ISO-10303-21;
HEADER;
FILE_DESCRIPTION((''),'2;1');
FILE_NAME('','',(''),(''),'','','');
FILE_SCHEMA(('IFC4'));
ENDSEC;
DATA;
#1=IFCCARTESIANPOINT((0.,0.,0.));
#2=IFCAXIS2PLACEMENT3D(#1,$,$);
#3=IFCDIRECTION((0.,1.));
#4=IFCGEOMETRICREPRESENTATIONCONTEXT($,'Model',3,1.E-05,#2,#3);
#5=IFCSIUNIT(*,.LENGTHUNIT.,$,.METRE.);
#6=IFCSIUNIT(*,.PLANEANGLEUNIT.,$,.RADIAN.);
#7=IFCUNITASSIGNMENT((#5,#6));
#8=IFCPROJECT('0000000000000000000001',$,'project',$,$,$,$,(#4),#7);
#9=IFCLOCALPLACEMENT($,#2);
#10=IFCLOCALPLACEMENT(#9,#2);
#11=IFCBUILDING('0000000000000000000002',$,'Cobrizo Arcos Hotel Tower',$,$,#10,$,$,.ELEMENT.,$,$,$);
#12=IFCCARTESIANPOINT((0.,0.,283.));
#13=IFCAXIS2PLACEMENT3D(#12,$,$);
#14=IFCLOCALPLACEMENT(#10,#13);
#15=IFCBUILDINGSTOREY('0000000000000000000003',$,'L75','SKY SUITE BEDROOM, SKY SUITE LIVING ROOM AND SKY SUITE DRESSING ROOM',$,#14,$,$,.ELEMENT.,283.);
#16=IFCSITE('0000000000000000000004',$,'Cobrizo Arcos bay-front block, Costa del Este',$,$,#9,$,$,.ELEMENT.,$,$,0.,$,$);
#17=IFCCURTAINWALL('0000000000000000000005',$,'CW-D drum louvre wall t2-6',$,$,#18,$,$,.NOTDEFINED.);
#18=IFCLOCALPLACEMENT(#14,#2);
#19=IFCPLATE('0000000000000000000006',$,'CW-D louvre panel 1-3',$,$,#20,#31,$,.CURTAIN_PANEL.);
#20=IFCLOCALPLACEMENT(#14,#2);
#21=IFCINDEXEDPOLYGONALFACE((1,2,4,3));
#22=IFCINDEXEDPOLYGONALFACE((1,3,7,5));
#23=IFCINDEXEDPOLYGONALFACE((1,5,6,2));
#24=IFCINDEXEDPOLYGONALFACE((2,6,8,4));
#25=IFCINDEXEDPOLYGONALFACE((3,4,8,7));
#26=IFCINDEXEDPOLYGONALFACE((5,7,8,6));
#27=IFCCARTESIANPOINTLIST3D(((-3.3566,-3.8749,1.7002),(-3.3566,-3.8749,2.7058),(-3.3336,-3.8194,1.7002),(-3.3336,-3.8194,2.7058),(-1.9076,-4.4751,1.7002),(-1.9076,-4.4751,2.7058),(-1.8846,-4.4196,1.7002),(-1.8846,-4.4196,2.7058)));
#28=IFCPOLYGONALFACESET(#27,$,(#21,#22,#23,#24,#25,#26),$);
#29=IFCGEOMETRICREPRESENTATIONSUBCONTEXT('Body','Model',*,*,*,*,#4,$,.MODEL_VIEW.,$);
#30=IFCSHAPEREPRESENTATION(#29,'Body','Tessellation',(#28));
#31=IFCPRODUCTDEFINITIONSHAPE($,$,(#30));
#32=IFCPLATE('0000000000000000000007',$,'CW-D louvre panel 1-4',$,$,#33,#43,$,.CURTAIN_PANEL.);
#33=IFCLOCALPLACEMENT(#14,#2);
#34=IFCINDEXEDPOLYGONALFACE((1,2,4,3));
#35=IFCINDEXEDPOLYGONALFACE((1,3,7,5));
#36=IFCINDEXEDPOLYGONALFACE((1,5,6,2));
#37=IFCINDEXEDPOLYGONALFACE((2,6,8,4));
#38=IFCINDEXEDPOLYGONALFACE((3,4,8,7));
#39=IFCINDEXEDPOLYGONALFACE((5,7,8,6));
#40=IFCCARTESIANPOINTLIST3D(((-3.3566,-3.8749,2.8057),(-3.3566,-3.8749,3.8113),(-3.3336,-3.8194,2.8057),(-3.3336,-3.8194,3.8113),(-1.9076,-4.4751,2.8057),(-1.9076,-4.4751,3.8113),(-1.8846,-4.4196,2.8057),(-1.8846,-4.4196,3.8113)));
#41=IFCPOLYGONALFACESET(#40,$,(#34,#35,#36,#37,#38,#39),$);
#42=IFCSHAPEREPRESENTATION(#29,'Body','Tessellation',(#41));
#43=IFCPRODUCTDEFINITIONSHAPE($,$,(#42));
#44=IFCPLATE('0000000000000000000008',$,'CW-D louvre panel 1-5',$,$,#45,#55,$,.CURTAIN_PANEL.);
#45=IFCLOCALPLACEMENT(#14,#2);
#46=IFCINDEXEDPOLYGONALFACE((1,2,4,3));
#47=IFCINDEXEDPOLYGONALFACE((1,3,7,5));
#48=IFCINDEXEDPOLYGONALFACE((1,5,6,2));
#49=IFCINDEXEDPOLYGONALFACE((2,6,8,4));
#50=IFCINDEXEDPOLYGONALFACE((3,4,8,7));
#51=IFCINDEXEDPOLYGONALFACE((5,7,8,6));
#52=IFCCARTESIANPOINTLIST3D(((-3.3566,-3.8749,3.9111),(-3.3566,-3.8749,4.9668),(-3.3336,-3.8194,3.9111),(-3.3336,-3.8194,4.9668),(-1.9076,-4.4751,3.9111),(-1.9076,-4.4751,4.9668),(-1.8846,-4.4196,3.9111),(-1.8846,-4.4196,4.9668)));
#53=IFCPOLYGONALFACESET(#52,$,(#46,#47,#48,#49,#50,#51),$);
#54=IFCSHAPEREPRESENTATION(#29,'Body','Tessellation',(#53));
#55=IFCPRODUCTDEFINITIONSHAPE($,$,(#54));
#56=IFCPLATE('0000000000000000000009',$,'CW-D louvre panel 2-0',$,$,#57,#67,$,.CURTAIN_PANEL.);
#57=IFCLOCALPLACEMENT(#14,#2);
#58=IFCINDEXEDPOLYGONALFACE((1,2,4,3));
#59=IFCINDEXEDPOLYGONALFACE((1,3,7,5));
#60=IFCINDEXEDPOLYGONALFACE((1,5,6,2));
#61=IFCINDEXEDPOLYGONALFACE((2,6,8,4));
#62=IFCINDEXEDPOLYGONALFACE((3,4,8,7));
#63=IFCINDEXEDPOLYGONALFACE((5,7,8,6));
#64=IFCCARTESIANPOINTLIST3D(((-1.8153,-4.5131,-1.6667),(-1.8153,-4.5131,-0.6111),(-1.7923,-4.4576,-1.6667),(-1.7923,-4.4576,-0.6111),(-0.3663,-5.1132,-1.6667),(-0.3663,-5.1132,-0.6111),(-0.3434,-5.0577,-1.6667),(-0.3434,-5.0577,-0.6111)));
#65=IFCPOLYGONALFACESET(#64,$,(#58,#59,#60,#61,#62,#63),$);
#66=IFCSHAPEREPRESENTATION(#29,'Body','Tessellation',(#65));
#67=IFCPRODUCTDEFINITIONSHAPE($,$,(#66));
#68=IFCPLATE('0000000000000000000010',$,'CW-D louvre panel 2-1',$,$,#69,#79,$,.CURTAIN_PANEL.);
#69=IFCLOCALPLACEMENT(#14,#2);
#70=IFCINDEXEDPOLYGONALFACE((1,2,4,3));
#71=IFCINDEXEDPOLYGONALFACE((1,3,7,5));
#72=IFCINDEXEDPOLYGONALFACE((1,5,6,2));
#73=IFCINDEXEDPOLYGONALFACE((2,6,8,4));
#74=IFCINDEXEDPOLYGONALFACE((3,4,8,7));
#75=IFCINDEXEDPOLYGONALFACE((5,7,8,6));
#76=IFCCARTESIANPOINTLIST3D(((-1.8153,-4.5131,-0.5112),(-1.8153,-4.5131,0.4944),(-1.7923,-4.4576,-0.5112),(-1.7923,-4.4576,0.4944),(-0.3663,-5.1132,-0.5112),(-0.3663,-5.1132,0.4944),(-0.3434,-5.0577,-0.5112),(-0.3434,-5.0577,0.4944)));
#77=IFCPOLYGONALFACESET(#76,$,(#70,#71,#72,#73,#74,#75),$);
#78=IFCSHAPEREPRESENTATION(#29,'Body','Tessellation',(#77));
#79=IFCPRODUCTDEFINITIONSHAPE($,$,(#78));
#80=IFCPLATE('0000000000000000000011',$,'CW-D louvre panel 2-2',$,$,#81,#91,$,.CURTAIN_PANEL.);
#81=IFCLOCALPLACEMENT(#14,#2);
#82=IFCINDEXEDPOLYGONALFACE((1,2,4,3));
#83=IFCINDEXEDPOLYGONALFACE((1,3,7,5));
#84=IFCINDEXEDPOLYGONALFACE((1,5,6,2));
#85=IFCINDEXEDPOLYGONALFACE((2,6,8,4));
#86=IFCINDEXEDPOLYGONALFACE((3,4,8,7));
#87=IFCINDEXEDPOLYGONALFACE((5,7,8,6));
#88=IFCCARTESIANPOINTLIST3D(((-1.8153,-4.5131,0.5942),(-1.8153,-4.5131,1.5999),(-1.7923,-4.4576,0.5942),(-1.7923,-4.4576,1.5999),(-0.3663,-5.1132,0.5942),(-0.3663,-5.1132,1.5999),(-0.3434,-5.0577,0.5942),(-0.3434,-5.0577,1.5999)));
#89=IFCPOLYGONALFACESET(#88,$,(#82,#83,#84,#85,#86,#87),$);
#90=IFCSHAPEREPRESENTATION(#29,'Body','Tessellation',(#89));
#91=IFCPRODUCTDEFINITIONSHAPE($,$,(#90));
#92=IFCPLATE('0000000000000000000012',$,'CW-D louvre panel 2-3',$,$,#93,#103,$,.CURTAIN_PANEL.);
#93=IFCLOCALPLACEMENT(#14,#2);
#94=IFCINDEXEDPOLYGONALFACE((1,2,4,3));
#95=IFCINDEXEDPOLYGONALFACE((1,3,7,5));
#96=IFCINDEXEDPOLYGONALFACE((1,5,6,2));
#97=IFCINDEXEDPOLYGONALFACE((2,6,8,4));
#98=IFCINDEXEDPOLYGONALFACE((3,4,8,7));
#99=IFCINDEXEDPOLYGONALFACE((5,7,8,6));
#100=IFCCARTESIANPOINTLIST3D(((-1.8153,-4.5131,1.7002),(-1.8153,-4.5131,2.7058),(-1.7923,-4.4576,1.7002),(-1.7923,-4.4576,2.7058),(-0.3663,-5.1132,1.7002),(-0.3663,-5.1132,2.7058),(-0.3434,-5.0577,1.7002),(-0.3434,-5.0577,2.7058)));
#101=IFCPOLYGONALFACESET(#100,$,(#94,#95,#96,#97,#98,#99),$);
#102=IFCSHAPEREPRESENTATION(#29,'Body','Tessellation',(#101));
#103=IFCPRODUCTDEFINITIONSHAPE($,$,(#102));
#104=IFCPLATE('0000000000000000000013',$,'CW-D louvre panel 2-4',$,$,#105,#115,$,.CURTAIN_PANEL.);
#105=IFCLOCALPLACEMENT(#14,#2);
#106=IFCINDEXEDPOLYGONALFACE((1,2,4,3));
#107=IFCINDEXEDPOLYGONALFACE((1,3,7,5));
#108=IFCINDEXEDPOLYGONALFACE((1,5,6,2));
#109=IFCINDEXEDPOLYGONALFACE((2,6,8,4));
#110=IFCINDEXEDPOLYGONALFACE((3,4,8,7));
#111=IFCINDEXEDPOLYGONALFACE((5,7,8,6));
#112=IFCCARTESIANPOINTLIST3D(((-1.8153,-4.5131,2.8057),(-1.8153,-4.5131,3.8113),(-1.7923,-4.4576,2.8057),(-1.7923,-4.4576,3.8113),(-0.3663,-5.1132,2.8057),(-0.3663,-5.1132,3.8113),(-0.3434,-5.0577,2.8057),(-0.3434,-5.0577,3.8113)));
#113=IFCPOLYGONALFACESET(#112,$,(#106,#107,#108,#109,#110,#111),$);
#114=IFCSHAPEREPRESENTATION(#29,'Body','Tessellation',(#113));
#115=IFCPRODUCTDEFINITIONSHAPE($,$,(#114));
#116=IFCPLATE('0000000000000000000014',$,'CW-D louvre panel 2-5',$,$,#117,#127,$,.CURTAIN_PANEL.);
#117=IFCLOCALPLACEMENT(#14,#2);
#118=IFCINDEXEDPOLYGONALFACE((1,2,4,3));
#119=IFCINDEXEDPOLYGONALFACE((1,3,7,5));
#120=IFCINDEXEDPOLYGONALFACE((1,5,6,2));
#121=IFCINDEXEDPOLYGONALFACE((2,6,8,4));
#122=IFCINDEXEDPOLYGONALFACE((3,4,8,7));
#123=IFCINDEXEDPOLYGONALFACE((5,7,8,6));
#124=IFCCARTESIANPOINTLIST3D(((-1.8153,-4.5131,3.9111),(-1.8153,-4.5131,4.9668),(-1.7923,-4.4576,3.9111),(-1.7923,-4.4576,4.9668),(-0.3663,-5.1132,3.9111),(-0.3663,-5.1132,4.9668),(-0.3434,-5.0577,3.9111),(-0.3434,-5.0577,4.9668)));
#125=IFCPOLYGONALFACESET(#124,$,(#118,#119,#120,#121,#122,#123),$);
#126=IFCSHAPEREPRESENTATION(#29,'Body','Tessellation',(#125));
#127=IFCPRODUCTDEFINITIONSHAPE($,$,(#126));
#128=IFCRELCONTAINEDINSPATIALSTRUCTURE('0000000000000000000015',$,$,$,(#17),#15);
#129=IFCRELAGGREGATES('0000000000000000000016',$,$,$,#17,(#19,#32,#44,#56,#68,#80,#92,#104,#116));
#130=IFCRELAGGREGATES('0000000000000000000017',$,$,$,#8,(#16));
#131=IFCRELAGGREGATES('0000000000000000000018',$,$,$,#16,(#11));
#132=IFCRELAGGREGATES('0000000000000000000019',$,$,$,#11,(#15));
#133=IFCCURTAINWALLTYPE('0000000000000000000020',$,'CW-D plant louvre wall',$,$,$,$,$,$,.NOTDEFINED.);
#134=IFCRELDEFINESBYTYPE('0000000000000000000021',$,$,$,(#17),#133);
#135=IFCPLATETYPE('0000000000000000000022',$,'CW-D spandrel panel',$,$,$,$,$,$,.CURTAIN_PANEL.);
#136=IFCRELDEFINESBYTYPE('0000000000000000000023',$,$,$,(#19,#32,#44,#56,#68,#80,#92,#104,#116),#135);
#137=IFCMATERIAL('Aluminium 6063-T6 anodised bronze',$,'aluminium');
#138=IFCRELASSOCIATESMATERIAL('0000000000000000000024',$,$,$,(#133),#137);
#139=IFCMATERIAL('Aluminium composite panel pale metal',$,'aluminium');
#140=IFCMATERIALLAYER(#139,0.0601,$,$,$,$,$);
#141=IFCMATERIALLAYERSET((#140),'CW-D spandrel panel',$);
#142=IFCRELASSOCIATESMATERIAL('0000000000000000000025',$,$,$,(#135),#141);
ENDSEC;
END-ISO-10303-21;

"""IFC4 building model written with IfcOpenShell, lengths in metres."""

from ifc_helpers import new_model, si_unit, direction, frame, origin, origin_2d, place, context, subcontext, project, spatial, rectangle, extrude, material, layer, layer_set, type_object, element, aggregate, save


model = new_model("IFC4")

# Units and contexts
model_context = context("Model", 3, precision=1e-05, world=origin(), true_north=direction((0.0, 1.0)))
body_context = subcontext(model_context, "Body", "Model", "MODEL_VIEW")
ifc_project = project(units=[si_unit("LENGTHUNIT", "METRE"), si_unit("PLANEANGLEUNIT", "RADIAN")], contexts=[model_context])

# Site, building, storey
site_placement = place(None, origin())
site = spatial("IfcSite", under=ifc_project, at=site_placement, Name="Cobrizo Arcos bay-front block, Costa del Este", CompositionType="ELEMENT", RefElevation=0.0)
building_placement = place(site_placement, origin())
building = spatial("IfcBuilding", under=site, at=building_placement, Name="Cobrizo Arcos Hotel Tower", CompositionType="ELEMENT")
storey_placement = place(building_placement, frame((0.0, 0.0, 283.0)))
storey = spatial("IfcBuildingStorey", under=building, at=storey_placement, Name="L75", Description="SKY SUITE BEDROOM, SKY SUITE LIVING ROOM AND SKY SUITE DRESSING ROOM", CompositionType="ELEMENT", Elevation=283.0)

# Shared definitions
ifc_material_1 = material(Name="Aluminium 6063-T6 anodised bronze", Category="aluminium")
curtain_wall_type = type_object("IfcCurtainWallType", Name="CW-D plant louvre wall", PredefinedType="NOTDEFINED", material=ifc_material_1)

# Curtain wall
curtain_wall_1_placement = place(storey_placement, origin())
curtain_wall_1 = element("IfcCurtainWall", 1, at=curtain_wall_1_placement, inside=storey, type_object=curtain_wall_type, Name="CW-D drum louvre wall t2-6", PredefinedType="NOTDEFINED")

# Plates
ifc_material_2 = material(Name="Aluminium composite panel pale metal", Category="aluminium")
ifc_layer = layer(ifc_material_2, 0.0601)
ifc_layer_set = layer_set([ifc_layer], Name="CW-D spandrel panel")
plate_type = type_object("IfcPlateType", Name="CW-D spandrel panel", PredefinedType="CURTAIN_PANEL", material=ifc_layer_set)
plate_1_placement = place(storey_placement, frame((-2.6206, -4.1472, 1.7002), z_axis=(0.0, 0.0, 1.0), x_axis=(0.92388, -0.382683, 0.0)))
plate_1 = element("IfcPlate", 2, at=plate_1_placement, type_object=plate_type, Name="CW-D louvre panel 1-3", PredefinedType="CURTAIN_PANEL", context=body_context, shape_type="SweptSolid", body=[
    extrude(rectangle(XDim=1.5684, YDim=0.0601, at=origin_2d()), origin(), (0.0, 0.0, 1.0), 1.0056),
])
plate_2_placement = place(storey_placement, frame((-2.6206, -4.1472, 2.8057), z_axis=(0.0, 0.0, 1.0), x_axis=(0.92388, -0.382683, 0.0)))
plate_2 = element("IfcPlate", 3, at=plate_2_placement, type_object=plate_type, Name="CW-D louvre panel 1-4", PredefinedType="CURTAIN_PANEL", context=body_context, shape_type="SweptSolid", body=[
    extrude(rectangle(XDim=1.5684, YDim=0.0601, at=origin_2d()), origin(), (0.0, 0.0, 1.0), 1.0056),
])
plate_3_placement = place(storey_placement, frame((-2.6206, -4.1472, 3.9111), z_axis=(0.0, 0.0, 1.0), x_axis=(0.92388, -0.382683, 0.0)))
plate_3 = element("IfcPlate", 4, at=plate_3_placement, type_object=plate_type, Name="CW-D louvre panel 1-5", PredefinedType="CURTAIN_PANEL", context=body_context, shape_type="SweptSolid", body=[
    extrude(rectangle(XDim=1.5684, YDim=0.0601, at=origin_2d()), origin(), (0.0, 0.0, 1.0), 1.0557),
])
plate_4_placement = place(storey_placement, frame((-1.0793, -4.7854, -1.6667), z_axis=(0.0, 0.0, 1.0), x_axis=(0.92388, -0.382683, 0.0)))
plate_4 = element("IfcPlate", 5, at=plate_4_placement, type_object=plate_type, Name="CW-D louvre panel 2-0", PredefinedType="CURTAIN_PANEL", context=body_context, shape_type="SweptSolid", body=[
    extrude(rectangle(XDim=1.5684, YDim=0.0601, at=origin_2d()), origin(), (0.0, 0.0, 1.0), 1.0557),
])
plate_5_placement = place(storey_placement, frame((-1.0793, -4.7854, -0.5112), z_axis=(0.0, 0.0, 1.0), x_axis=(0.92388, -0.382683, 0.0)))
plate_5 = element("IfcPlate", 6, at=plate_5_placement, type_object=plate_type, Name="CW-D louvre panel 2-1", PredefinedType="CURTAIN_PANEL", context=body_context, shape_type="SweptSolid", body=[
    extrude(rectangle(XDim=1.5684, YDim=0.0601, at=origin_2d()), origin(), (0.0, 0.0, 1.0), 1.0056),
])
plate_6_placement = place(storey_placement, frame((-1.0793, -4.7854, 0.5942), z_axis=(0.0, 0.0, 1.0), x_axis=(0.92388, -0.382683, 0.0)))
plate_6 = element("IfcPlate", 7, at=plate_6_placement, type_object=plate_type, Name="CW-D louvre panel 2-2", PredefinedType="CURTAIN_PANEL", context=body_context, shape_type="SweptSolid", body=[
    extrude(rectangle(XDim=1.5684, YDim=0.0601, at=origin_2d()), origin(), (0.0, 0.0, 1.0), 1.0056),
])
plate_7_placement = place(storey_placement, frame((-1.0793, -4.7854, 1.7002), z_axis=(0.0, 0.0, 1.0), x_axis=(0.92388, -0.382683, 0.0)))
plate_7 = element("IfcPlate", 8, at=plate_7_placement, type_object=plate_type, Name="CW-D louvre panel 2-3", PredefinedType="CURTAIN_PANEL", context=body_context, shape_type="SweptSolid", body=[
    extrude(rectangle(XDim=1.5684, YDim=0.0601, at=origin_2d()), origin(), (0.0, 0.0, 1.0), 1.0056),
])
plate_8_placement = place(storey_placement, frame((-1.0793, -4.7854, 2.8057), z_axis=(0.0, 0.0, 1.0), x_axis=(0.92388, -0.382683, 0.0)))
plate_8 = element("IfcPlate", 9, at=plate_8_placement, type_object=plate_type, Name="CW-D louvre panel 2-4", PredefinedType="CURTAIN_PANEL", context=body_context, shape_type="SweptSolid", body=[
    extrude(rectangle(XDim=1.5684, YDim=0.0601, at=origin_2d()), origin(), (0.0, 0.0, 1.0), 1.0056),
])
plate_9_placement = place(storey_placement, frame((-1.0793, -4.7854, 3.9111), z_axis=(0.0, 0.0, 1.0), x_axis=(0.92388, -0.382683, 0.0)))
plate_9 = element("IfcPlate", 10, at=plate_9_placement, type_object=plate_type, Name="CW-D louvre panel 2-5", PredefinedType="CURTAIN_PANEL", context=body_context, shape_type="SweptSolid", body=[
    extrude(rectangle(XDim=1.5684, YDim=0.0601, at=origin_2d()), origin(), (0.0, 0.0, 1.0), 1.0557),
])
aggregate(curtain_wall_1, [plate_1, plate_2, plate_3, plate_4, plate_5, plate_6, plate_7, plate_8, plate_9])

save(model, "model.ifc")
